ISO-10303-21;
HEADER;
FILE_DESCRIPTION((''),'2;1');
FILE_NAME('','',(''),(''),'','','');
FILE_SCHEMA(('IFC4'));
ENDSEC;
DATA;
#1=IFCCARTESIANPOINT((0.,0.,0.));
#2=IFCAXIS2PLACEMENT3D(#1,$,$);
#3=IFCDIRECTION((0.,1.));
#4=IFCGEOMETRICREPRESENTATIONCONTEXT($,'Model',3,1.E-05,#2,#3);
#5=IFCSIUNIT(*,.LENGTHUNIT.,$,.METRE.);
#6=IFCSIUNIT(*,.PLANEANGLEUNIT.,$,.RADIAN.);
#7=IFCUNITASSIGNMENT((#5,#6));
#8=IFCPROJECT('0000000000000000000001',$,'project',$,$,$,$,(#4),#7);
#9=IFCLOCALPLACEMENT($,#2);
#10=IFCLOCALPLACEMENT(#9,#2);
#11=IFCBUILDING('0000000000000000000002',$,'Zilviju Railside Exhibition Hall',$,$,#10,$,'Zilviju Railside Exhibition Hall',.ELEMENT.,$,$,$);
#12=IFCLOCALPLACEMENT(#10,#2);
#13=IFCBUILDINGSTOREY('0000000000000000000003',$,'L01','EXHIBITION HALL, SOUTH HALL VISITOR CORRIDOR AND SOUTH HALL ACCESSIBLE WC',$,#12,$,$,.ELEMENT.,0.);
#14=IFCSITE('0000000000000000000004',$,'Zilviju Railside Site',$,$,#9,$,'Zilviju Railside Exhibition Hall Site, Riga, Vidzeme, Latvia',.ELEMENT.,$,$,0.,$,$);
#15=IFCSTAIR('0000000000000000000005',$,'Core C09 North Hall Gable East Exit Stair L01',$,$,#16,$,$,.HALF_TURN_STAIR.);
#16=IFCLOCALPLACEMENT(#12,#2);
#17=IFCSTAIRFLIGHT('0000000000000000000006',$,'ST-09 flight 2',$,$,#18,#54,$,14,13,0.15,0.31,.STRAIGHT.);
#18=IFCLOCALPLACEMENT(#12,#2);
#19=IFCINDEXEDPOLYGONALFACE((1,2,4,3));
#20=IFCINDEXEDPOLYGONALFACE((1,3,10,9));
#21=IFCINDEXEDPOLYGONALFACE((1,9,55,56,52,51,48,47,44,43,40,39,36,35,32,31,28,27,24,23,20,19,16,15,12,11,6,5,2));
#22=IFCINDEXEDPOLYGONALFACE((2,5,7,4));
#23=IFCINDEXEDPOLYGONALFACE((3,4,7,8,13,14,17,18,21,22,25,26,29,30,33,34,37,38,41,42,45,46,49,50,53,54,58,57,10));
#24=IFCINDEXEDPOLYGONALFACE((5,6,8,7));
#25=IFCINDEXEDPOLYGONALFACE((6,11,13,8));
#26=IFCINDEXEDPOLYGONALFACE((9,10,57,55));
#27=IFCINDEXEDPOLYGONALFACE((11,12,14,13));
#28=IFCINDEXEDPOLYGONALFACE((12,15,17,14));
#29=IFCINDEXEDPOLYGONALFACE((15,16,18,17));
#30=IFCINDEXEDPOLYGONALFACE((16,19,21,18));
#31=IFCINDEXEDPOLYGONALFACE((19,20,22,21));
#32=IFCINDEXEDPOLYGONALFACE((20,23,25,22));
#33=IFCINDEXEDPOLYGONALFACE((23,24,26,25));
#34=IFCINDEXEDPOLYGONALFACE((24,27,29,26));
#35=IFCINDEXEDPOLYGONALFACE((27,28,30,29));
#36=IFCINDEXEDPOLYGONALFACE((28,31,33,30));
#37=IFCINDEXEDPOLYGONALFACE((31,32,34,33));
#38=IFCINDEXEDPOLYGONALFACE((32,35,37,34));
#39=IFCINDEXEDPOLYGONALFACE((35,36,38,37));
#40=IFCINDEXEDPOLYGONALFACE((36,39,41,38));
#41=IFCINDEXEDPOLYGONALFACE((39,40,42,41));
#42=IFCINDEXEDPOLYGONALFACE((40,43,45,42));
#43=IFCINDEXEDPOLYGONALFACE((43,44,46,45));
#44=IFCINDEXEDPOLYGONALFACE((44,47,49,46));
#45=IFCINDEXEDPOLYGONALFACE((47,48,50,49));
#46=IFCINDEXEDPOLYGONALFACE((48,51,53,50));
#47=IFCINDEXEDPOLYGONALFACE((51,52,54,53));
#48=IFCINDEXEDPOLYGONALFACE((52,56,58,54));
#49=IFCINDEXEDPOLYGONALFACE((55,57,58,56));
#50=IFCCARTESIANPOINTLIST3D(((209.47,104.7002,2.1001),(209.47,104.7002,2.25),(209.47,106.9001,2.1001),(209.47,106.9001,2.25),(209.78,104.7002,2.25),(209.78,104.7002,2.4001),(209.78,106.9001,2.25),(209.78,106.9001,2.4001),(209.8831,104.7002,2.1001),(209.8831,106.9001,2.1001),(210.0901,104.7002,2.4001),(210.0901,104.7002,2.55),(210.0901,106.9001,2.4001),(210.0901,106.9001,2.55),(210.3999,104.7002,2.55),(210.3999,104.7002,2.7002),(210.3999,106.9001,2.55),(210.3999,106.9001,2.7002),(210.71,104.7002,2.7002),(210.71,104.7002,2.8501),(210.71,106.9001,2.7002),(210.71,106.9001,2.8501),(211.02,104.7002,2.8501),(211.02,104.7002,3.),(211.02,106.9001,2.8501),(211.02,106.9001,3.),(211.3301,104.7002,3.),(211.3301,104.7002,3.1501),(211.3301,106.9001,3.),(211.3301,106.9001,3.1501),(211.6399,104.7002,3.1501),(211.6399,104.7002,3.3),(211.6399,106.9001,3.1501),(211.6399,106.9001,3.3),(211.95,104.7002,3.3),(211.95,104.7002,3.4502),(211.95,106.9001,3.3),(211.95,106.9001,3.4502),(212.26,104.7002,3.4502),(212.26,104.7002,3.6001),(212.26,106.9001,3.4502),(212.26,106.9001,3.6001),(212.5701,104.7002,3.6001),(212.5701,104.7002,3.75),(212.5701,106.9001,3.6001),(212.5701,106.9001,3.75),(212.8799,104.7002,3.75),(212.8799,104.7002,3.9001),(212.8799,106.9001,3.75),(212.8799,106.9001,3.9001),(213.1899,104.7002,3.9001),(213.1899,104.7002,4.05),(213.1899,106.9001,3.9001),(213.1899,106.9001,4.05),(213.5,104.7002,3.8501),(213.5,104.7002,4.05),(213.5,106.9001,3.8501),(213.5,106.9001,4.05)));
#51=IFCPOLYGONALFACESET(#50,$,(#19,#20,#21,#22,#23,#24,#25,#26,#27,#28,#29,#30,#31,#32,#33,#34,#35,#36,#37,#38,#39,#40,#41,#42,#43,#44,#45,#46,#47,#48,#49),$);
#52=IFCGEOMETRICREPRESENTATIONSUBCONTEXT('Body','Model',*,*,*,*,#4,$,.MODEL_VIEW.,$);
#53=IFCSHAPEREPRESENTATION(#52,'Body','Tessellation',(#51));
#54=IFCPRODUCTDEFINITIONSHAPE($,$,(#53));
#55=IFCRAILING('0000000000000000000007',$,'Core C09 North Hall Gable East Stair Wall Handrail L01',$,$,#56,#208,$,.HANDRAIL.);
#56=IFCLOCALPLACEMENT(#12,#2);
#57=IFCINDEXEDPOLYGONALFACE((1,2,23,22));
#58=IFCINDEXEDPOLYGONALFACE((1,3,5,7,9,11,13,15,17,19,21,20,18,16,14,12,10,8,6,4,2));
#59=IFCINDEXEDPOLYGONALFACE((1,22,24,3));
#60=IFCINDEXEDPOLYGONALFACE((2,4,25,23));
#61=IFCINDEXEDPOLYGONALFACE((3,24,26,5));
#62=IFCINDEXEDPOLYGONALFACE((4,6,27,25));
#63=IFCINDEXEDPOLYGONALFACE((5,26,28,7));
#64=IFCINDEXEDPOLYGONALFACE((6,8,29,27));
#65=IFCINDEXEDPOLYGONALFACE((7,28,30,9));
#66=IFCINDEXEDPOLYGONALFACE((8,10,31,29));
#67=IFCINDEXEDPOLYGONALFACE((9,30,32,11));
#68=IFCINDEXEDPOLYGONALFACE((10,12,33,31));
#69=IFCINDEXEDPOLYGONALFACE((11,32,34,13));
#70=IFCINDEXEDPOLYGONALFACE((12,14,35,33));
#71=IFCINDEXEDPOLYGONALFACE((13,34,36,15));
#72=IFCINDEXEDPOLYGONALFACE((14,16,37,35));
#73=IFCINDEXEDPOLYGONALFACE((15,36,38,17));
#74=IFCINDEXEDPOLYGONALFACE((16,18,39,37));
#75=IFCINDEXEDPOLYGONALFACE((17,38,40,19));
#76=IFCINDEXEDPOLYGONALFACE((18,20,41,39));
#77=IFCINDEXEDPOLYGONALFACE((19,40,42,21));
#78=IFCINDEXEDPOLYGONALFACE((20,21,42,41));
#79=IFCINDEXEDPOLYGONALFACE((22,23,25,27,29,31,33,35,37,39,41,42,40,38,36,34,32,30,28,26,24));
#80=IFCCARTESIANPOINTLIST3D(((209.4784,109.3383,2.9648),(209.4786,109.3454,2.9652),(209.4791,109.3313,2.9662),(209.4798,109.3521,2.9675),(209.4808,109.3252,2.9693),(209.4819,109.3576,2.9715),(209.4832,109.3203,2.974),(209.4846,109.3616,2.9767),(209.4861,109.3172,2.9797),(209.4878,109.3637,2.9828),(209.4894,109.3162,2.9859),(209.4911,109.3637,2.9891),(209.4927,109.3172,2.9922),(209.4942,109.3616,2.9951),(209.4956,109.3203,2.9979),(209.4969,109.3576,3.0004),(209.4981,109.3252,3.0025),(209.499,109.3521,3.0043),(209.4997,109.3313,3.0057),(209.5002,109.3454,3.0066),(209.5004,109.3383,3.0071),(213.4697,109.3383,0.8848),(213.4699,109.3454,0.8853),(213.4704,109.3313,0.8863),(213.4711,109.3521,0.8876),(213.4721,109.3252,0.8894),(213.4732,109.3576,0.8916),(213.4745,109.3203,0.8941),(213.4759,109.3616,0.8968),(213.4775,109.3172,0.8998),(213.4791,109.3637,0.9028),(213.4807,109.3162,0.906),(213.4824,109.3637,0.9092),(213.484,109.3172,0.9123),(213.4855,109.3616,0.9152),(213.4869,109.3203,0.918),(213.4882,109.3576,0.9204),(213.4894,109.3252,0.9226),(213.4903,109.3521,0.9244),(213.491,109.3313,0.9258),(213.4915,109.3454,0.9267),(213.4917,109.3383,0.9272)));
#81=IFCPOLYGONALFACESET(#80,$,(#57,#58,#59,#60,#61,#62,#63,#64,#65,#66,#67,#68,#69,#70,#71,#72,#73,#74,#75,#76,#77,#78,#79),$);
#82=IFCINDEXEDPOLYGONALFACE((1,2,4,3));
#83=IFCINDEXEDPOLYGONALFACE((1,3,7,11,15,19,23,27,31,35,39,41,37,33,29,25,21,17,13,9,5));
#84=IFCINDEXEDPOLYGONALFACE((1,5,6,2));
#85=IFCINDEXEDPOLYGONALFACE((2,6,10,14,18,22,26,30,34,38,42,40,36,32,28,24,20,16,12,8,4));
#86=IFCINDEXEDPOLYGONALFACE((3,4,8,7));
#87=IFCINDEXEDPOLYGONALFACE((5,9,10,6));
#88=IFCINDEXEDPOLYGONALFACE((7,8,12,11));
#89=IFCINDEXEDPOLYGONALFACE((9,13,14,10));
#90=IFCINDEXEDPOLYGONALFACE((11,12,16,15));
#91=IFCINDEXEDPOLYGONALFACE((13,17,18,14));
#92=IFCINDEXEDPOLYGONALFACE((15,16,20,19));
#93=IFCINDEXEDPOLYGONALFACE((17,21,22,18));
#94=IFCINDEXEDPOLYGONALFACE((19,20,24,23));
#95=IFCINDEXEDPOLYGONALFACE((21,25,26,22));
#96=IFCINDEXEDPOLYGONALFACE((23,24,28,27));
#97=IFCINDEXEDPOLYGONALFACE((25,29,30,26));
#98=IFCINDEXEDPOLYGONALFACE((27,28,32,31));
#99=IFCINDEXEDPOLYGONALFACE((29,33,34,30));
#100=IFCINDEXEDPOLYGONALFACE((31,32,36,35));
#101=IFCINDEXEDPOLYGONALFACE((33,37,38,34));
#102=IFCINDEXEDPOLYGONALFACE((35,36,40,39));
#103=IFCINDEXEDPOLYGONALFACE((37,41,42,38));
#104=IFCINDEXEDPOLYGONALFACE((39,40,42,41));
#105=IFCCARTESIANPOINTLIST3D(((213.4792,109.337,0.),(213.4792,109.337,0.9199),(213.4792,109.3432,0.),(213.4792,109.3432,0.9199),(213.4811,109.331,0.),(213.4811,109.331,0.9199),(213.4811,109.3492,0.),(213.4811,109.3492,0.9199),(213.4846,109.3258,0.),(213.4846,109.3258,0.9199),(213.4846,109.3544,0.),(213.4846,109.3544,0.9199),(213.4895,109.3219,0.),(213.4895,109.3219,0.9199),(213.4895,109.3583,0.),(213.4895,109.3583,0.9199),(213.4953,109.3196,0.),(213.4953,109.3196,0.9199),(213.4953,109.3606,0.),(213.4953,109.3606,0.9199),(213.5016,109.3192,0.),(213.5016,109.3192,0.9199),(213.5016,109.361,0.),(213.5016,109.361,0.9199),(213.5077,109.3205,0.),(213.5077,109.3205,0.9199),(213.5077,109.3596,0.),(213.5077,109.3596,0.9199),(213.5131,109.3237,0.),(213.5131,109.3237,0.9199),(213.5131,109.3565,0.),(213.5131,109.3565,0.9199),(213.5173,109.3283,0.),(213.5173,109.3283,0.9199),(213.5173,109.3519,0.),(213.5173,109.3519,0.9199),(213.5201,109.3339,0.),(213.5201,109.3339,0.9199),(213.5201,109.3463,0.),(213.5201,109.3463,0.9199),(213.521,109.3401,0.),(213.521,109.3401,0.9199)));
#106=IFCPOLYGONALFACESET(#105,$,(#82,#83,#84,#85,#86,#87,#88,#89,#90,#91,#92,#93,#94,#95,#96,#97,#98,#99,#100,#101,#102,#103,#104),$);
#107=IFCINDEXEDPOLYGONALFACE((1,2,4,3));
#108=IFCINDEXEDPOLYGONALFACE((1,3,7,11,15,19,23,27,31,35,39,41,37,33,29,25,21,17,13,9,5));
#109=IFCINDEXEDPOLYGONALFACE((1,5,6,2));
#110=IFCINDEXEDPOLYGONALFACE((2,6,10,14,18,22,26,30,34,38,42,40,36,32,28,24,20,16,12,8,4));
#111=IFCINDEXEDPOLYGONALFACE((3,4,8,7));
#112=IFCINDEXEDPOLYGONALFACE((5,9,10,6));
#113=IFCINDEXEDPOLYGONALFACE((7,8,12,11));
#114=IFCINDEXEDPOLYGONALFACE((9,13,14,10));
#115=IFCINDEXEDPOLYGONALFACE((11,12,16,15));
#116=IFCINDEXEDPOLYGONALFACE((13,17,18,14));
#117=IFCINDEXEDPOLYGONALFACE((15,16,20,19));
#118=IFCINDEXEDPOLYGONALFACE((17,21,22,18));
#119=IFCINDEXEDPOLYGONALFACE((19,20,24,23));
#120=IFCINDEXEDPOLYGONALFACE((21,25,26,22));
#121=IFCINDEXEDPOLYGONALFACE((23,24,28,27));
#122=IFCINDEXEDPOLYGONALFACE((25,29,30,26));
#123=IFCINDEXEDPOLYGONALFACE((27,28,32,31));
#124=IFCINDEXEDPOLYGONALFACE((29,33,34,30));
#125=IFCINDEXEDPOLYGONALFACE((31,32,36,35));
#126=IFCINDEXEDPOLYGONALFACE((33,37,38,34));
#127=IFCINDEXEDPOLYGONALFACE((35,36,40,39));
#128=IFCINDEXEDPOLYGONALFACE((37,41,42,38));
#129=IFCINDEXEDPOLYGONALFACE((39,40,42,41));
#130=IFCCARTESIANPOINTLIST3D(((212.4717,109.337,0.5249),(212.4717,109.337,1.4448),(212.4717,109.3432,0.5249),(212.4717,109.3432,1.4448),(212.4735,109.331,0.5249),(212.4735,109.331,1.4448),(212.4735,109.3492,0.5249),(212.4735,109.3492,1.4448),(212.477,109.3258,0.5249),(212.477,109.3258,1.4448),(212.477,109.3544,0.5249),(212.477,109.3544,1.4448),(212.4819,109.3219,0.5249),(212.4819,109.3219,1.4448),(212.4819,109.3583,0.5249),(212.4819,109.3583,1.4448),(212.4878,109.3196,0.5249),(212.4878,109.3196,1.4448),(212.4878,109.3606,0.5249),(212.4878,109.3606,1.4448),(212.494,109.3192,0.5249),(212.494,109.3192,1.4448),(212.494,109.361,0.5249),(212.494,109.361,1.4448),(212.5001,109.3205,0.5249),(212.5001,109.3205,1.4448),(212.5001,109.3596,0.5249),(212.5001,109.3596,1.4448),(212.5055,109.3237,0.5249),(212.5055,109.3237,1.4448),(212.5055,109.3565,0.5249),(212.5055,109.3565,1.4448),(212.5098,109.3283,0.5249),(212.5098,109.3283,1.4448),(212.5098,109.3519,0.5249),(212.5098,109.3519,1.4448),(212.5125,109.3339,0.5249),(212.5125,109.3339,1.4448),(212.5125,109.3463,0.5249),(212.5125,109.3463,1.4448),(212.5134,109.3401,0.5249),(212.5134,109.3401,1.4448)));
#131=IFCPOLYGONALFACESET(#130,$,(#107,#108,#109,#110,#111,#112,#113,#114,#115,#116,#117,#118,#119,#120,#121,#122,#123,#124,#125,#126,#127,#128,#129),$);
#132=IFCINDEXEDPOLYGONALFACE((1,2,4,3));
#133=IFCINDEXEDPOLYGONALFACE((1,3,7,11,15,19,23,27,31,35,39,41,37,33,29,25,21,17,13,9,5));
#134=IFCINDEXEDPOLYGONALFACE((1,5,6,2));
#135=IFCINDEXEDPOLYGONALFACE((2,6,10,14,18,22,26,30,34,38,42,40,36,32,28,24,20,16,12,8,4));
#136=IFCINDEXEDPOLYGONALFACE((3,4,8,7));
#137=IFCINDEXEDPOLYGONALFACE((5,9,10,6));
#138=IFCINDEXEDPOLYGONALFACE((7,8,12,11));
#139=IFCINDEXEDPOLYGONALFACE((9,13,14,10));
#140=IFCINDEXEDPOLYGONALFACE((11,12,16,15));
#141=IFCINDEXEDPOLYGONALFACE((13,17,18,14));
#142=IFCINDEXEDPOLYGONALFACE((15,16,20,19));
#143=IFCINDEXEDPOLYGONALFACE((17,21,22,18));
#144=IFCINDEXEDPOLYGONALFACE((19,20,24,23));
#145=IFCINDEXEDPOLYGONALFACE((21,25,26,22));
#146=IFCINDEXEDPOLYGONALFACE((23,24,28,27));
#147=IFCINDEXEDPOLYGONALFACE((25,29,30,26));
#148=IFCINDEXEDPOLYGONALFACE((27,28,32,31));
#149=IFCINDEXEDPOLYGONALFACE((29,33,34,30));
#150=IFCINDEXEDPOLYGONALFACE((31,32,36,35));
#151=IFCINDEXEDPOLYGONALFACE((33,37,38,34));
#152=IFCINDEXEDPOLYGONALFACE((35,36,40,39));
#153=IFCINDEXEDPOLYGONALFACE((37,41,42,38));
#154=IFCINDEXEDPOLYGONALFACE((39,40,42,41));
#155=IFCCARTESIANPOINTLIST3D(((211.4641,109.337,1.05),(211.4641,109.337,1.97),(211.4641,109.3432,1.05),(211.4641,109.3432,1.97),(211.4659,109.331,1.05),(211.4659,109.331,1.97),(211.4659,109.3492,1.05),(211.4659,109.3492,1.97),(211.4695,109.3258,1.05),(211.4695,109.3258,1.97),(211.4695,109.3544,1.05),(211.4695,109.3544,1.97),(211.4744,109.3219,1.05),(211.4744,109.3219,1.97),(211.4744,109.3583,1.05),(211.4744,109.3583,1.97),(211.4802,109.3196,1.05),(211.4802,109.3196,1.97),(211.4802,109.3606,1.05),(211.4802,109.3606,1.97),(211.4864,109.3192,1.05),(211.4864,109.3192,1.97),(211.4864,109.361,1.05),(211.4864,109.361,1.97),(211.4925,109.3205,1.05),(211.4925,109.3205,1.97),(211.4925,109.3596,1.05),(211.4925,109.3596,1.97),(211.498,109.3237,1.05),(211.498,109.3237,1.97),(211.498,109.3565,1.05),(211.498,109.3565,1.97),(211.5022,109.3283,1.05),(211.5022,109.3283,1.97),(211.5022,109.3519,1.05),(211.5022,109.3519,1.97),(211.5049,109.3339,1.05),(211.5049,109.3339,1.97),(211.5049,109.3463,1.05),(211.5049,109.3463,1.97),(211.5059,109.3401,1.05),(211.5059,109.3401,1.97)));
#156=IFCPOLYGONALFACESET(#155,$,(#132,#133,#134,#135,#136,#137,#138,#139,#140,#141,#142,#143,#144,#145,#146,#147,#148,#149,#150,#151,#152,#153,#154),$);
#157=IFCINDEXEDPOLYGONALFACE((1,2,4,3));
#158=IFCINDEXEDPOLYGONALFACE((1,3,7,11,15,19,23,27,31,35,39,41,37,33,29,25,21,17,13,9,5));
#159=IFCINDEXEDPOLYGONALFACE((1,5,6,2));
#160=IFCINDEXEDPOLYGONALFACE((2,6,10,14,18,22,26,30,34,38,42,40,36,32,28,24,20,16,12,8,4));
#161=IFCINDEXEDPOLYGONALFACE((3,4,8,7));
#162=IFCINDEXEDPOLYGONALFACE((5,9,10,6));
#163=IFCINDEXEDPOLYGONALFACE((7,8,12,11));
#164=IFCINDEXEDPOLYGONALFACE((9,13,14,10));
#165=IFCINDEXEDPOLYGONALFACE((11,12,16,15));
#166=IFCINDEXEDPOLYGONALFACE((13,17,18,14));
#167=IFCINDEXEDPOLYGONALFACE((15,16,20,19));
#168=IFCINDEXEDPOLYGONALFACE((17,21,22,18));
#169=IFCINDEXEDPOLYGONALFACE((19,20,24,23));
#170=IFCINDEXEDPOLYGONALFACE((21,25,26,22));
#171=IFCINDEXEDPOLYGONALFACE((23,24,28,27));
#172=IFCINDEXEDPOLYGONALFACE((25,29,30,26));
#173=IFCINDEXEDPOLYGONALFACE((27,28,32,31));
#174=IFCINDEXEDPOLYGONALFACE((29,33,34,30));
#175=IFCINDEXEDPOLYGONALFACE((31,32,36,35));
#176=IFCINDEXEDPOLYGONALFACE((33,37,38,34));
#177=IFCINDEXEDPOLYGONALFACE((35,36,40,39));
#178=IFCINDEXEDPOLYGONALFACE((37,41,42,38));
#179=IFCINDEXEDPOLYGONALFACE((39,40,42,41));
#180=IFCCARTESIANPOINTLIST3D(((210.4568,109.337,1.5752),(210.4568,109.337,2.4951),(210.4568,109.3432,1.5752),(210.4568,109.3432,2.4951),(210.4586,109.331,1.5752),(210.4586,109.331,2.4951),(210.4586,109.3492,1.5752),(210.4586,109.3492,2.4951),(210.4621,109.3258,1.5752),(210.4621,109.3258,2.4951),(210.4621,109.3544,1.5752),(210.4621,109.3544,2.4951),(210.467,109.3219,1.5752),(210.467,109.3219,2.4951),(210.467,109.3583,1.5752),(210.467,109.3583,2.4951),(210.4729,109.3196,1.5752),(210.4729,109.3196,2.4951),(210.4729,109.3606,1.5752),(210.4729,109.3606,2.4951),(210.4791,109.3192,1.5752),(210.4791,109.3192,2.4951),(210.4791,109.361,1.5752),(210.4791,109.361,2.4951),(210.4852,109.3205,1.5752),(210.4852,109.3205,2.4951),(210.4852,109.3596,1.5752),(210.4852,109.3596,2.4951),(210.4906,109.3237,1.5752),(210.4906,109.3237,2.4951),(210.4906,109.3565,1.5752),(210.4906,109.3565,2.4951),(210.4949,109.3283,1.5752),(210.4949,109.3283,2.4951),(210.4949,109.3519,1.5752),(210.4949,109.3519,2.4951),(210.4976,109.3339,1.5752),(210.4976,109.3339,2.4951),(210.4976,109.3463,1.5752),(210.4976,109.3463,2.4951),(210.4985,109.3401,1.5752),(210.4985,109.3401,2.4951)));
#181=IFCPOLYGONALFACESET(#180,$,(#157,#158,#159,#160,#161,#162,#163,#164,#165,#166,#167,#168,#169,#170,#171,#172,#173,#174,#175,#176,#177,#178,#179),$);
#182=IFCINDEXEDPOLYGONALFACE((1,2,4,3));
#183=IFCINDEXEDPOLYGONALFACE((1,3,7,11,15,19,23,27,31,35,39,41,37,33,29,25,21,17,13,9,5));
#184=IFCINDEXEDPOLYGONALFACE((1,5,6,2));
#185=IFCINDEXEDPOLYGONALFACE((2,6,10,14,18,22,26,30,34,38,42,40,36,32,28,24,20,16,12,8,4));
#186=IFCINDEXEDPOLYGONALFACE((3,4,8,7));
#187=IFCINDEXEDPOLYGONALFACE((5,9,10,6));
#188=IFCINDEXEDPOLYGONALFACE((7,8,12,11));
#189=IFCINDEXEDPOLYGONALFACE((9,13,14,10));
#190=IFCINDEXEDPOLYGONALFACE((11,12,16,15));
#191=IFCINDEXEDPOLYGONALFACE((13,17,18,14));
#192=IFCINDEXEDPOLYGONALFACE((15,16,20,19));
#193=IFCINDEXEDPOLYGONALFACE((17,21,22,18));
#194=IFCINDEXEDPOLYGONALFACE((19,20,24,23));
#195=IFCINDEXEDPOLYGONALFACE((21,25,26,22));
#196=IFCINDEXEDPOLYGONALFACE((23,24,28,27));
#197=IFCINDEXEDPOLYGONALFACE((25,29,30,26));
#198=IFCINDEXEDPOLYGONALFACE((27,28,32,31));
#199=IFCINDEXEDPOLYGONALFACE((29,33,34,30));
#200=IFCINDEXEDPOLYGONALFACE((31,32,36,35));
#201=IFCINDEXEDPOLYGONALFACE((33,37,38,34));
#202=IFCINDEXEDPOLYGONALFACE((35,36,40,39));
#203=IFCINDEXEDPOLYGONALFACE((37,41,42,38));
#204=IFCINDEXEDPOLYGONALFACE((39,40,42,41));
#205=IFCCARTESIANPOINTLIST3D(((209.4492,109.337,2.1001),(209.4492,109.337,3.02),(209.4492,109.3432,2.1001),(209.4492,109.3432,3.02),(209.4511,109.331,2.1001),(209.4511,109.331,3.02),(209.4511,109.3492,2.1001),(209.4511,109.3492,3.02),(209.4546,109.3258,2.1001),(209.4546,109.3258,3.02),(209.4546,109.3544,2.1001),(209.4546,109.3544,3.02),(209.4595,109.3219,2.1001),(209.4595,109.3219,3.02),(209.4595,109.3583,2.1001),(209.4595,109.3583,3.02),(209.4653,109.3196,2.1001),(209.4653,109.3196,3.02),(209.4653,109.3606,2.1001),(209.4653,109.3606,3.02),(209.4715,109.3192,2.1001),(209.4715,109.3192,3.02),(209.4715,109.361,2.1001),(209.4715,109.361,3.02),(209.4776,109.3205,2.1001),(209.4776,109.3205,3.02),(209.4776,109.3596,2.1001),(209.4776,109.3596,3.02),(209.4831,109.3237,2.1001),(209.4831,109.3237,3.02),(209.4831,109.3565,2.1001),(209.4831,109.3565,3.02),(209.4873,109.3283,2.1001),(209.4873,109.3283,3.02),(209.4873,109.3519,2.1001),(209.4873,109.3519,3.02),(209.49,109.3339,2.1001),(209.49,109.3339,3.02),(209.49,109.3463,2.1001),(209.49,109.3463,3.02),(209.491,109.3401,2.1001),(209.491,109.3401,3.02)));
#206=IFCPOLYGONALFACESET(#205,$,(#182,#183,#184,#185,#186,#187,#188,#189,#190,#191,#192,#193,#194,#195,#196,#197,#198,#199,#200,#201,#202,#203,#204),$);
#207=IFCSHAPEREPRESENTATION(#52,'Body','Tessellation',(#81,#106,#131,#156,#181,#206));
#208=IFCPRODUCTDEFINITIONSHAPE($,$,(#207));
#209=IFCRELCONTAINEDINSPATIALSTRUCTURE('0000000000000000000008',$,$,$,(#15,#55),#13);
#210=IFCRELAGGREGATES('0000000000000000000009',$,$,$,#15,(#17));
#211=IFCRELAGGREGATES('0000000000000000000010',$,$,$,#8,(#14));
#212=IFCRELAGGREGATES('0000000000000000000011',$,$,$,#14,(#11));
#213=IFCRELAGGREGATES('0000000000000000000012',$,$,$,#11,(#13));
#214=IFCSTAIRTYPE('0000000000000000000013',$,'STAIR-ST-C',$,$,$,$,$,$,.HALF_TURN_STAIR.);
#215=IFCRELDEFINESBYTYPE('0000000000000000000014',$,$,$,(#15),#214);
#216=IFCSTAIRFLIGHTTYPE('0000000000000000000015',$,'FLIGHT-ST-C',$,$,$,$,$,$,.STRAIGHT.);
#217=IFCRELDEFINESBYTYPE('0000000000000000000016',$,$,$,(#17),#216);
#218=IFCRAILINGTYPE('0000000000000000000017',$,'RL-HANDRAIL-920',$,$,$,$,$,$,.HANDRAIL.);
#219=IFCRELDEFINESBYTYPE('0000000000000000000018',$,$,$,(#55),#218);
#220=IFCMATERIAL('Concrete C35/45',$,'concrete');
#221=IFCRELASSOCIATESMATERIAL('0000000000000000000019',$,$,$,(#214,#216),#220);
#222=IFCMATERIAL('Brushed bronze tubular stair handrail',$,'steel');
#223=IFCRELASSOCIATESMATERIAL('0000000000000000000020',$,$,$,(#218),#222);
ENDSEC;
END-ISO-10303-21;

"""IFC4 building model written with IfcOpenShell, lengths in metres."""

from ifc_helpers import new_model, si_unit, direction, frame, origin, origin_2d, place, context, subcontext, project, spatial, polyline, circle, outline, extrude, material, type_object, element, aggregate, save


model = new_model("IFC4")

# Units and contexts
model_context = context("Model", 3, precision=1e-05, world=origin(), true_north=direction((0.0, 1.0)))
body_context = subcontext(model_context, "Body", "Model", "MODEL_VIEW")
ifc_project = project(units=[si_unit("LENGTHUNIT", "METRE"), si_unit("PLANEANGLEUNIT", "RADIAN")], contexts=[model_context])

# Site, building, storey
site_placement = place(None, origin())
site = spatial("IfcSite", under=ifc_project, at=site_placement, Name="Zilviju Railside Site", LongName="Zilviju Railside Exhibition Hall Site, Riga, Vidzeme, Latvia", CompositionType="ELEMENT", RefElevation=0.0)
building_placement = place(site_placement, origin())
building = spatial("IfcBuilding", under=site, at=building_placement, Name="Zilviju Railside Exhibition Hall", LongName="Zilviju Railside Exhibition Hall", CompositionType="ELEMENT")
storey_placement = place(building_placement, origin())
storey = spatial("IfcBuildingStorey", under=building, at=storey_placement, Name="L01", Description="EXHIBITION HALL, SOUTH HALL VISITOR CORRIDOR AND SOUTH HALL ACCESSIBLE WC", CompositionType="ELEMENT", Elevation=0.0)

# Shared definitions
ifc_material_1 = material(Name="Concrete C35/45", Category="concrete")

# Stair, stair flight
stair_type = type_object("IfcStairType", Name="STAIR-ST-C", PredefinedType="HALF_TURN_STAIR", material=ifc_material_1)
stair_placement = place(storey_placement, origin())
stair = element("IfcStair", 1, at=stair_placement, inside=storey, type_object=stair_type, Name="Core C09 North Hall Gable East Exit Stair L01", PredefinedType="HALF_TURN_STAIR")
stair_flight_type = type_object("IfcStairFlightType", Name="FLIGHT-ST-C", PredefinedType="STRAIGHT", material=ifc_material_1)
stair_flight_1_placement = place(storey_placement, frame((209.47, 105.8, 2.1001), z_axis=(0.0, 0.0, 1.0), x_axis=(1.0, 0.0, 0.0)))
stair_flight_1 = element("IfcStairFlight", 2, at=stair_flight_1_placement, type_object=stair_flight_type, Name="ST-09 flight 2", NumberOfRisers=14, NumberOfTreads=13, PredefinedType="STRAIGHT", RiserHeight=0.15, TreadLength=0.31, context=body_context, shape_type="SweptSolid", body=[
    extrude(outline(polyline([(0.0, 0.0), (0.0, 0.1499), (0.3101, 0.1499), (0.3101, 0.3), (0.6201, 0.3), (0.6201, 0.45), (0.9299, 0.45), (0.9299, 0.6001), (1.24, 0.6001), (1.24, 0.75), (1.55, 0.75), (1.55, 0.8999), (1.8601, 0.8999), (1.8601, 1.05), (2.1699, 1.05), (2.1699, 1.2), (2.48, 1.2), (2.48, 1.3501), (2.79, 1.3501), (2.79, 1.5), (3.1001, 1.5), (3.1001, 1.6499), (3.4099, 1.6499), (3.4099, 1.8), (3.72, 1.8), (3.72, 1.95), (4.03, 1.95), (4.03, 2.1001), (4.03, 1.75), (0.4131, 0.0), (0.0, 0.0)])), frame((0.0, 1.1001, 0.0), z_axis=(0.0, -1.0, 0.0), x_axis=(1.0, 0.0, 0.0)), (0.0, 0.0, 1.0), 2.2),
])
aggregate(stair, [stair_flight_1])

# Railing
ifc_material_2 = material(Name="Brushed bronze tubular stair handrail", Category="steel")
railing_type_1 = type_object("IfcRailingType", Name="RL-HANDRAIL-920", PredefinedType="HANDRAIL", material=ifc_material_2)
railing_1_placement = place(storey_placement, frame((213.5, 109.3401, 0.0)))
element("IfcRailing", 3, at=railing_1_placement, inside=storey, type_object=railing_type_1, Name="Core C09 North Hall Gable East Stair Wall Handrail L01", PredefinedType="HANDRAIL", context=body_context, shape_type="SweptSolid", body=[
    extrude(circle(Radius=0.0239, at=origin_2d()), frame((-0.0193, 0.0, 0.906), z_axis=(-0.886813, 0.0, 0.462129), x_axis=(0.0, -1.0, 0.0)), (0.0, 0.0, 1.0), 4.5007),
    extrude(circle(Radius=0.021, at=origin_2d()), origin(), (0.0, 0.0, 1.0), 0.9199),
    extrude(circle(Radius=0.021, at=origin_2d()), frame((-1.0076, 0.0, 0.5249)), (0.0, 0.0, 1.0), 0.9199),
    extrude(circle(Radius=0.021, at=origin_2d()), frame((-2.0151, 0.0, 1.05)), (0.0, 0.0, 1.0), 0.9199),
    extrude(circle(Radius=0.021, at=origin_2d()), frame((-3.0225, 0.0, 1.5752)), (0.0, 0.0, 1.0), 0.9199),
    extrude(circle(Radius=0.021, at=origin_2d()), frame((-4.03, 0.0, 2.1001)), (0.0, 0.0, 1.0), 0.9199),
])

save(model, "model.ifc")
